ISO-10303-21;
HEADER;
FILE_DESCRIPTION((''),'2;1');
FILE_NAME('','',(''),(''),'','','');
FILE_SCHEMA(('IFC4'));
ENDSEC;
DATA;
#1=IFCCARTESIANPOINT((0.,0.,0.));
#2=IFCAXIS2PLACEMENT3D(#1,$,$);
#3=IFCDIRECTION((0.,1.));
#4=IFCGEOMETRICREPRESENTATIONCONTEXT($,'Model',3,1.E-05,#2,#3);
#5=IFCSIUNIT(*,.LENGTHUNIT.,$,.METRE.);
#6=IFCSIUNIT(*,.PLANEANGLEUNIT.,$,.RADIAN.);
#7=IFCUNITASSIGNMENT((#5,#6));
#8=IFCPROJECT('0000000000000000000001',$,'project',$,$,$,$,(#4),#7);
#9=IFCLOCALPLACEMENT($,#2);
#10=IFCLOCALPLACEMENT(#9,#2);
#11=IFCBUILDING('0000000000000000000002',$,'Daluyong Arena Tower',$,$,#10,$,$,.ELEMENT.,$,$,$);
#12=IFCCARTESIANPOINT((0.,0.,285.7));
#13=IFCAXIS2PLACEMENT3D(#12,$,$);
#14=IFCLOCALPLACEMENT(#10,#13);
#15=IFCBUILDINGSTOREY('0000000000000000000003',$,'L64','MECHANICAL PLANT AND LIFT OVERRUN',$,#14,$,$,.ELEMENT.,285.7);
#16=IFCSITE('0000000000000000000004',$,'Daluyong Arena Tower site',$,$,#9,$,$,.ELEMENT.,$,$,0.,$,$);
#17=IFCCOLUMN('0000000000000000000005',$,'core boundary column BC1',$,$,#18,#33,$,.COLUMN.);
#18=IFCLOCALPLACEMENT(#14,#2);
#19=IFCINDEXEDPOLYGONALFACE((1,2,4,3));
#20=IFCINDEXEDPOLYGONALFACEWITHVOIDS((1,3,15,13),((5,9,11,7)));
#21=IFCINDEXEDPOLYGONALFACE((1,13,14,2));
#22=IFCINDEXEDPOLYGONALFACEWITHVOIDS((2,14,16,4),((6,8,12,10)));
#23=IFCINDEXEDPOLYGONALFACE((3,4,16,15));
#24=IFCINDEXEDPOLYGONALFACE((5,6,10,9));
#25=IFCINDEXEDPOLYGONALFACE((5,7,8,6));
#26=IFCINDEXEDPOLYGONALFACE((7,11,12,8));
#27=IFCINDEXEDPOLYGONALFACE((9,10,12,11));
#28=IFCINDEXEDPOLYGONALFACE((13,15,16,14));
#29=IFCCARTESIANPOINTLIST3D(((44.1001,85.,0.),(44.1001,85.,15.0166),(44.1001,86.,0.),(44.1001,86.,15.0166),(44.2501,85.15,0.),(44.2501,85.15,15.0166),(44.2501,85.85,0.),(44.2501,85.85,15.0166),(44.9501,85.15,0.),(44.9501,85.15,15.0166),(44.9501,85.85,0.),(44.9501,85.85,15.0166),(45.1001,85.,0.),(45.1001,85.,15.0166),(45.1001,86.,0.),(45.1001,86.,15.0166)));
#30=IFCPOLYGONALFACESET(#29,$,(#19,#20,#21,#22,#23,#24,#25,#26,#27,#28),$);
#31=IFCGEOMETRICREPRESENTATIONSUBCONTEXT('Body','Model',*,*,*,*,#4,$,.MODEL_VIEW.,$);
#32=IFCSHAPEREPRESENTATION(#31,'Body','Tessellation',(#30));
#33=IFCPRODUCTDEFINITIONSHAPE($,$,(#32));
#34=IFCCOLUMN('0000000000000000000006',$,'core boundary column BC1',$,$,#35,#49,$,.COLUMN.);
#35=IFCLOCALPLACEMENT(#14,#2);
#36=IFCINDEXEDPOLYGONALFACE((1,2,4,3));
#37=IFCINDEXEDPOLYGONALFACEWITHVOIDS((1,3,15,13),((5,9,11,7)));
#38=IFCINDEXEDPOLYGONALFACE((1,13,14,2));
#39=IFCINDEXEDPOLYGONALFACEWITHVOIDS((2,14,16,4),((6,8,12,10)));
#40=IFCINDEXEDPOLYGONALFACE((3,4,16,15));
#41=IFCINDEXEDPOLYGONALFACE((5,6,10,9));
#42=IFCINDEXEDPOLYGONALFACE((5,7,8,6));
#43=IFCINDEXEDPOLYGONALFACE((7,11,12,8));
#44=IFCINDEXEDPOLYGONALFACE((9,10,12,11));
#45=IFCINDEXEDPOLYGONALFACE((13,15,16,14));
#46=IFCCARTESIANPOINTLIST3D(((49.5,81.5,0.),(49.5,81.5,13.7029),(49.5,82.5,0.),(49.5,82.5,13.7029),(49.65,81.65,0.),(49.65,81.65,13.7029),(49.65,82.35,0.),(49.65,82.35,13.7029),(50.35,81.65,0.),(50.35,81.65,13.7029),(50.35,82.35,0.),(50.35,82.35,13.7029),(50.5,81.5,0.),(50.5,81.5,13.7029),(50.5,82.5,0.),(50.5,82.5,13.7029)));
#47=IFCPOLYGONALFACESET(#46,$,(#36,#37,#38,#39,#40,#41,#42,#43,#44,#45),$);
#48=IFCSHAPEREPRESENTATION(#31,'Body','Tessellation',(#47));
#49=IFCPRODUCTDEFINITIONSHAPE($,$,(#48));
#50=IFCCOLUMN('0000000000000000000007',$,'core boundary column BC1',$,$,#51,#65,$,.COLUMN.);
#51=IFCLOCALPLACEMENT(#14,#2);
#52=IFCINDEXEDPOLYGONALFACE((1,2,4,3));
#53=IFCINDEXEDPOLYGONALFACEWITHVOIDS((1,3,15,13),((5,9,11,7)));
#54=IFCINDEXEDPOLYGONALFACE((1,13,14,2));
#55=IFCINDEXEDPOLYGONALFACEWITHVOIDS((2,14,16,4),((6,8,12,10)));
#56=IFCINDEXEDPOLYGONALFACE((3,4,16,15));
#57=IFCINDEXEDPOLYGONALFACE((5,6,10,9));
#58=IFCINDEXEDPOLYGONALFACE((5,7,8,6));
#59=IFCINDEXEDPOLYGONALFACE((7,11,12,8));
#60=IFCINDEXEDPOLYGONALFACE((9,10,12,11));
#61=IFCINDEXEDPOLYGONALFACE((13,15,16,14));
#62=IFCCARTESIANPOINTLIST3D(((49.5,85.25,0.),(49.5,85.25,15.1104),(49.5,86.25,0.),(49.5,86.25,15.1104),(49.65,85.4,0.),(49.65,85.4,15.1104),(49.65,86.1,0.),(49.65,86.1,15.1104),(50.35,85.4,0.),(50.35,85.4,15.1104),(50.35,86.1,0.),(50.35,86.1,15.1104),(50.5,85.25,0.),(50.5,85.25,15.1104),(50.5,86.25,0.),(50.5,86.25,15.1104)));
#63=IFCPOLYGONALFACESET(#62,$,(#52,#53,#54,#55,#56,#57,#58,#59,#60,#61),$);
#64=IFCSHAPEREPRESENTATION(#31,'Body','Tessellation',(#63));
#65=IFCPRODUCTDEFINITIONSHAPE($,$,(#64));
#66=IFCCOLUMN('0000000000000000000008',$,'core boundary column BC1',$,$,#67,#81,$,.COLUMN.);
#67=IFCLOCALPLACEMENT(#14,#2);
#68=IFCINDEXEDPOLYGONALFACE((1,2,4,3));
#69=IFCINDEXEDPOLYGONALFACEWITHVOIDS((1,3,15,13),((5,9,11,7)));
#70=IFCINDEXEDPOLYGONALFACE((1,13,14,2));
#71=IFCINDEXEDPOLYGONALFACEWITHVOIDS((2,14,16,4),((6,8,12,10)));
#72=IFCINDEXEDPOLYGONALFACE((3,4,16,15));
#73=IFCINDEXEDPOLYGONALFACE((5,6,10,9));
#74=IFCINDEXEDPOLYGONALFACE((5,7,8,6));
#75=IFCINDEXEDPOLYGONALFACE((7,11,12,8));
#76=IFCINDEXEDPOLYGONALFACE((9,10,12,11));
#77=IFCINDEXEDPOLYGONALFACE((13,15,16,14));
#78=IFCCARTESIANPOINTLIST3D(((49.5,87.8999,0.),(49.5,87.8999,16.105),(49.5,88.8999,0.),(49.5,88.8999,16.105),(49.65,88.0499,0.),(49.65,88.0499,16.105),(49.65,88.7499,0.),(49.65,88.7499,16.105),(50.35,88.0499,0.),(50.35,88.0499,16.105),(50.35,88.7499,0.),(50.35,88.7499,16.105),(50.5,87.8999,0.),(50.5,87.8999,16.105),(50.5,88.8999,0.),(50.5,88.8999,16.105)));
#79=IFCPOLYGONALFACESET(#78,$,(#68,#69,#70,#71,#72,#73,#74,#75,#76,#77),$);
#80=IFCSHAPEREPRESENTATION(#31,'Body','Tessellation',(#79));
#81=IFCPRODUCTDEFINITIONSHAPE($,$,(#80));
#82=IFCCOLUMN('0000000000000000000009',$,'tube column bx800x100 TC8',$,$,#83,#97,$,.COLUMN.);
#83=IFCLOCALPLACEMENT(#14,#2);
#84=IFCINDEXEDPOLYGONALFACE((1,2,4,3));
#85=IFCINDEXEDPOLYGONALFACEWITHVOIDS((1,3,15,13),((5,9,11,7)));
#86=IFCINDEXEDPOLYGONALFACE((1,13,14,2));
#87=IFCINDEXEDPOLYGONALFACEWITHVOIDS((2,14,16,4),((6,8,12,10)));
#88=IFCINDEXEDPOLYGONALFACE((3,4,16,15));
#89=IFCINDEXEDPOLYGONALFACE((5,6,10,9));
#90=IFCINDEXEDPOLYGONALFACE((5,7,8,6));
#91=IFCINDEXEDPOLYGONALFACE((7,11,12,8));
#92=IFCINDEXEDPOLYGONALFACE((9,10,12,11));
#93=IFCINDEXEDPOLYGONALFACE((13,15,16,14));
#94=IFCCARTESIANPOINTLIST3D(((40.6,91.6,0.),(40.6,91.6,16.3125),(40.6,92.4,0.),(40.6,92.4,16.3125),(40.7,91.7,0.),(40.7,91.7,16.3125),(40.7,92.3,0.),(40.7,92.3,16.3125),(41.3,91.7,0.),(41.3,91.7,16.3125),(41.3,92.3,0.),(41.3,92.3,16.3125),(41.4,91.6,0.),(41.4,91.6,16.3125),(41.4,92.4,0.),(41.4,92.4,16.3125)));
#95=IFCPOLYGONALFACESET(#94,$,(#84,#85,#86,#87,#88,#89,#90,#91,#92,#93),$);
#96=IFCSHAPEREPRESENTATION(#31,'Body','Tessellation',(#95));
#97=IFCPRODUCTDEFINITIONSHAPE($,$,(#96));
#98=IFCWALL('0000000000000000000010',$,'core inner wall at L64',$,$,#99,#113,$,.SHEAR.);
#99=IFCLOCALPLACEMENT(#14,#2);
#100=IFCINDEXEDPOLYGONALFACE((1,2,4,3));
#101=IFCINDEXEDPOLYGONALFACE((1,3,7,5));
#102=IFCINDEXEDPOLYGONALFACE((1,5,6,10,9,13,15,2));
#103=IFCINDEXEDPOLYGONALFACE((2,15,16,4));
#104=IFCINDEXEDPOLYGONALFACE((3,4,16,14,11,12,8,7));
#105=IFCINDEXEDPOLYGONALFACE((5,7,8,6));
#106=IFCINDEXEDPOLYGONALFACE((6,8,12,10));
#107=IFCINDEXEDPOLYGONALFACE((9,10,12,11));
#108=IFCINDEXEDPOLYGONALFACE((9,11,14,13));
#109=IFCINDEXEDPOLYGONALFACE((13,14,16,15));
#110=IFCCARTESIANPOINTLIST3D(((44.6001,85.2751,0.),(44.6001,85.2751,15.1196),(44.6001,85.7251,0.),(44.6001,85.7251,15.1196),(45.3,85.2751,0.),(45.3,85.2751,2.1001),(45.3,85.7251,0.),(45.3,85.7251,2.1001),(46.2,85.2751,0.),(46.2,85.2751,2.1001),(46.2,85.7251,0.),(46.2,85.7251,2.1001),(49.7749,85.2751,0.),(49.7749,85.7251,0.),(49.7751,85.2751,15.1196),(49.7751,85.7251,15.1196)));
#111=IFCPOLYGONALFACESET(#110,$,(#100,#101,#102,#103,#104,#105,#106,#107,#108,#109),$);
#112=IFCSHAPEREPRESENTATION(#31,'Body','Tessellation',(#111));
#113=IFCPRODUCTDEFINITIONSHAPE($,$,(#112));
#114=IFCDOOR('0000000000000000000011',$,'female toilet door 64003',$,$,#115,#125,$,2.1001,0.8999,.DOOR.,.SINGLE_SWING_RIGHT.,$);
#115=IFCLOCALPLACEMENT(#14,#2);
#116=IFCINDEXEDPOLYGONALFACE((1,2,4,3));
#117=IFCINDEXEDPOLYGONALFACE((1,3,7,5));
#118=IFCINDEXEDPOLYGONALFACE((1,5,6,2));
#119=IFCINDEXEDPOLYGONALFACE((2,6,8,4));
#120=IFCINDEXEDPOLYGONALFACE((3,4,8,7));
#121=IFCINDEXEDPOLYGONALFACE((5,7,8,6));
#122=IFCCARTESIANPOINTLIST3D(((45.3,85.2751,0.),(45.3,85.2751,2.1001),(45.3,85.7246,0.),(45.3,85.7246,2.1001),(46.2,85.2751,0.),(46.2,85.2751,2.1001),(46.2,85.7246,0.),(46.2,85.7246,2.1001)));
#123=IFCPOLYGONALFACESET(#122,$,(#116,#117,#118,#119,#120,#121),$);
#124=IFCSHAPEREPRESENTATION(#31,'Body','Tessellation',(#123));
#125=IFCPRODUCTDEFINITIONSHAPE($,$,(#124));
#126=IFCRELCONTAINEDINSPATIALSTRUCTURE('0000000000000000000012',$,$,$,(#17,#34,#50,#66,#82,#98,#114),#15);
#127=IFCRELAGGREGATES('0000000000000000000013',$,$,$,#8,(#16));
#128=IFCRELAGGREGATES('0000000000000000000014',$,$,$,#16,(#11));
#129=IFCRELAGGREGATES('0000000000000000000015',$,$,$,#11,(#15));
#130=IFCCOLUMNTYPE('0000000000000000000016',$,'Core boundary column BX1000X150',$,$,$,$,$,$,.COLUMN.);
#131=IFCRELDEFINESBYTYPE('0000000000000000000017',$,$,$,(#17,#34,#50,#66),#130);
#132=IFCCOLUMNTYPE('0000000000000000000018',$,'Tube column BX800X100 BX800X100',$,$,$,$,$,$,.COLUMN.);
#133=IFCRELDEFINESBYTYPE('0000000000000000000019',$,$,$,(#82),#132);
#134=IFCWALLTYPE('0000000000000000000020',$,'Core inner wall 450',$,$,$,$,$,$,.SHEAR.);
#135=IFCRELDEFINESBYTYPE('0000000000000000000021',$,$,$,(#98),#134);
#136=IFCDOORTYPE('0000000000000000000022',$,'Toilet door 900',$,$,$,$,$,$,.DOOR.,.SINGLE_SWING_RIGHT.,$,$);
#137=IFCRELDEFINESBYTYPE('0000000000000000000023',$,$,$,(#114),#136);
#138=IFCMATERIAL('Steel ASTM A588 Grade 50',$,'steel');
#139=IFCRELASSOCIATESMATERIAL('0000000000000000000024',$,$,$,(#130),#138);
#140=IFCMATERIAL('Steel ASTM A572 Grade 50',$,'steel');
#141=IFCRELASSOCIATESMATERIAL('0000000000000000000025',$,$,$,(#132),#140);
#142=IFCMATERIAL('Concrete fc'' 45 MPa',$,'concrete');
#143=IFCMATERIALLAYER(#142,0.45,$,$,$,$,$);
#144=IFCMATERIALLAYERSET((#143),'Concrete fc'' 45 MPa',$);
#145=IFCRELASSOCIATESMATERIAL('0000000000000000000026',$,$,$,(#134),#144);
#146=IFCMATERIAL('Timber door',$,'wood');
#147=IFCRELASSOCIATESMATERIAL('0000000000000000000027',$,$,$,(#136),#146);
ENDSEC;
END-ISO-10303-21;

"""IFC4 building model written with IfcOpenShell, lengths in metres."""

from ifc_helpers import new_model, si_unit, direction, frame, frame_2d, origin, origin_2d, place, context, subcontext, project, spatial, polyline, rectangle, hollow_rectangle, outline, extrude, material, layer, layer_set, material_profile, profile_set, type_object, element, fill, save


model = new_model("IFC4")

# Units and contexts
model_context = context("Model", 3, precision=1e-05, world=origin(), true_north=direction((0.0, 1.0)))
body_context = subcontext(model_context, "Body", "Model", "MODEL_VIEW")
ifc_project = project(units=[si_unit("LENGTHUNIT", "METRE"), si_unit("PLANEANGLEUNIT", "RADIAN")], contexts=[model_context])

# Site, building, storey
site_placement = place(None, origin())
site = spatial("IfcSite", under=ifc_project, at=site_placement, Name="Daluyong Arena Tower site", CompositionType="ELEMENT", RefElevation=0.0)
building_placement = place(site_placement, origin())
building = spatial("IfcBuilding", under=site, at=building_placement, Name="Daluyong Arena Tower", CompositionType="ELEMENT")
storey_placement = place(building_placement, frame((0.0, 0.0, 285.7)))
storey = spatial("IfcBuildingStorey", under=building, at=storey_placement, Name="L64", Description="MECHANICAL PLANT AND LIFT OVERRUN", CompositionType="ELEMENT", Elevation=285.7)

# Columns
ifc_material_1 = material(Name="Steel ASTM A588 Grade 50", Category="steel")
ifc_material_profile_1 = material_profile(ifc_material_1, hollow_rectangle(XDim=1.0, YDim=1.0, WallThickness=0.15, at=origin_2d()))
ifc_profile_set_1 = profile_set([ifc_material_profile_1], Name="Steel ASTM A588 Grade 50")
column_type_1 = type_object("IfcColumnType", Name="Core boundary column BX1000X150", PredefinedType="COLUMN", material=ifc_profile_set_1)
column_1_placement = place(storey_placement, frame((44.6001, 85.5, 0.0), z_axis=(0.0, 0.0, 1.0), x_axis=(1.0, 0.0, 0.0)))
element("IfcColumn", 1, at=column_1_placement, inside=storey, type_object=column_type_1, Name="core boundary column BC1", PredefinedType="COLUMN", context=body_context, shape_type="SweptSolid", body=[
    extrude(hollow_rectangle(XDim=1.0, YDim=1.0, WallThickness=0.15, at=origin_2d()), origin(), (0.0, 0.0, 1.0), 15.0166),
])
column_2_placement = place(storey_placement, frame((50.0, 82.0, 0.0), z_axis=(0.0, 0.0, 1.0), x_axis=(1.0, 0.0, 0.0)))
element("IfcColumn", 2, at=column_2_placement, inside=storey, type_object=column_type_1, Name="core boundary column BC1", PredefinedType="COLUMN", context=body_context, shape_type="SweptSolid", body=[
    extrude(hollow_rectangle(XDim=1.0, YDim=1.0, WallThickness=0.15, at=origin_2d()), origin(), (0.0, 0.0, 1.0), 13.7029),
])
column_3_placement = place(storey_placement, frame((50.0, 85.75, 0.0), z_axis=(0.0, 0.0, 1.0), x_axis=(1.0, 0.0, 0.0)))
element("IfcColumn", 3, at=column_3_placement, inside=storey, type_object=column_type_1, Name="core boundary column BC1", PredefinedType="COLUMN", context=body_context, shape_type="SweptSolid", body=[
    extrude(hollow_rectangle(XDim=1.0, YDim=1.0, WallThickness=0.15, at=origin_2d()), origin(), (0.0, 0.0, 1.0), 15.1104),
])
column_4_placement = place(storey_placement, frame((50.0, 88.3999, 0.0), z_axis=(0.0, 0.0, 1.0), x_axis=(1.0, 0.0, 0.0)))
element("IfcColumn", 4, at=column_4_placement, inside=storey, type_object=column_type_1, Name="core boundary column BC1", PredefinedType="COLUMN", context=body_context, shape_type="SweptSolid", body=[
    extrude(hollow_rectangle(XDim=1.0, YDim=1.0, WallThickness=0.15, at=origin_2d()), origin(), (0.0, 0.0, 1.0), 16.105),
])
ifc_material_2 = material(Name="Steel ASTM A572 Grade 50", Category="steel")
ifc_material_profile_2 = material_profile(ifc_material_2, hollow_rectangle(XDim=0.8, YDim=0.8, WallThickness=0.1, at=origin_2d()))
ifc_profile_set_2 = profile_set([ifc_material_profile_2], Name="Steel ASTM A572 Grade 50")
column_type_2 = type_object("IfcColumnType", Name="Tube column BX800X100 BX800X100", PredefinedType="COLUMN", material=ifc_profile_set_2)
column_5_placement = place(storey_placement, frame((41.0, 92.0, 0.0), z_axis=(0.0, 0.0, 1.0), x_axis=(1.0, 0.0, 0.0)))
element("IfcColumn", 5, at=column_5_placement, inside=storey, type_object=column_type_2, Name="tube column bx800x100 TC8", PredefinedType="COLUMN", context=body_context, shape_type="SweptSolid", body=[
    extrude(hollow_rectangle(XDim=0.8, YDim=0.8, WallThickness=0.1, at=origin_2d()), origin(), (0.0, 0.0, 1.0), 16.3125),
])

# Wall, opening, door
ifc_material_3 = material(Name="Concrete fc' 45 MPa", Category="concrete")
ifc_layer_1 = layer(ifc_material_3, 0.45)
ifc_layer_set_1 = layer_set([ifc_layer_1], Name="Concrete fc' 45 MPa")
wall_type_1 = type_object("IfcWallType", Name="Core inner wall 450", PredefinedType="SHEAR", material=ifc_layer_set_1)
wall_1_placement = place(storey_placement, frame((44.6001, 85.5, 0.0), z_axis=(0.0, 0.0, 1.0), x_axis=(1.0, 0.0, 0.0)))
wall_1 = element("IfcWall", 6, at=wall_1_placement, inside=storey, type_object=wall_type_1, Name="core inner wall at L64", PredefinedType="SHEAR", context=body_context, shape_type="SweptSolid", body=[
    extrude(outline(polyline([(0.0, 0.0), (5.1748, 0.0), (5.175, 15.1196), (0.0, 15.1196), (0.0, 0.0)])), frame((0.0, 0.2251, 0.0), z_axis=(0.0, -1.0, 0.0), x_axis=(1.0, 0.0, 0.0)), (0.0, 0.0, 1.0), 0.45),
])
opening_1_placement = place(wall_1_placement, frame((0.7, 0.0, 0.0)))
opening_1 = element("IfcOpeningElement", 7, at=opening_1_placement, cuts=wall_1, PredefinedType="OPENING", context=body_context, shape_type="SweptSolid", body=[
    extrude(rectangle(XDim=0.8999, YDim=2.1001, at=frame_2d((0.45, 1.05))), frame((0.0, 0.2349, 0.0), z_axis=(0.0, -1.0, 0.0), x_axis=(1.0, 0.0, 0.0)), (0.0, 0.0, 1.0), 0.47),
])
ifc_material_4 = material(Name="Timber door", Category="wood")
door_type_1 = type_object("IfcDoorType", Name="Toilet door 900", OperationType="SINGLE_SWING_RIGHT", PredefinedType="DOOR", material=ifc_material_4)
door_1_placement = place(opening_1_placement, origin())
door_1 = element("IfcDoor", 8, at=door_1_placement, inside=storey, type_object=door_type_1, Name="female toilet door 64003", OperationType="SINGLE_SWING_RIGHT", OverallHeight=2.1001, OverallWidth=0.8999, PredefinedType="DOOR", context=body_context, shape_type="SweptSolid", body=[
    extrude(rectangle(XDim=0.8999, YDim=2.1001, at=frame_2d((0.45, 1.05))), frame((0.0, 0.2246, 0.0), z_axis=(0.0, -1.0, 0.0), x_axis=(1.0, 0.0, 0.0)), (0.0, 0.0, 1.0), 0.4495),
])
fill(opening_1, door_1)

save(model, "model.ifc")
